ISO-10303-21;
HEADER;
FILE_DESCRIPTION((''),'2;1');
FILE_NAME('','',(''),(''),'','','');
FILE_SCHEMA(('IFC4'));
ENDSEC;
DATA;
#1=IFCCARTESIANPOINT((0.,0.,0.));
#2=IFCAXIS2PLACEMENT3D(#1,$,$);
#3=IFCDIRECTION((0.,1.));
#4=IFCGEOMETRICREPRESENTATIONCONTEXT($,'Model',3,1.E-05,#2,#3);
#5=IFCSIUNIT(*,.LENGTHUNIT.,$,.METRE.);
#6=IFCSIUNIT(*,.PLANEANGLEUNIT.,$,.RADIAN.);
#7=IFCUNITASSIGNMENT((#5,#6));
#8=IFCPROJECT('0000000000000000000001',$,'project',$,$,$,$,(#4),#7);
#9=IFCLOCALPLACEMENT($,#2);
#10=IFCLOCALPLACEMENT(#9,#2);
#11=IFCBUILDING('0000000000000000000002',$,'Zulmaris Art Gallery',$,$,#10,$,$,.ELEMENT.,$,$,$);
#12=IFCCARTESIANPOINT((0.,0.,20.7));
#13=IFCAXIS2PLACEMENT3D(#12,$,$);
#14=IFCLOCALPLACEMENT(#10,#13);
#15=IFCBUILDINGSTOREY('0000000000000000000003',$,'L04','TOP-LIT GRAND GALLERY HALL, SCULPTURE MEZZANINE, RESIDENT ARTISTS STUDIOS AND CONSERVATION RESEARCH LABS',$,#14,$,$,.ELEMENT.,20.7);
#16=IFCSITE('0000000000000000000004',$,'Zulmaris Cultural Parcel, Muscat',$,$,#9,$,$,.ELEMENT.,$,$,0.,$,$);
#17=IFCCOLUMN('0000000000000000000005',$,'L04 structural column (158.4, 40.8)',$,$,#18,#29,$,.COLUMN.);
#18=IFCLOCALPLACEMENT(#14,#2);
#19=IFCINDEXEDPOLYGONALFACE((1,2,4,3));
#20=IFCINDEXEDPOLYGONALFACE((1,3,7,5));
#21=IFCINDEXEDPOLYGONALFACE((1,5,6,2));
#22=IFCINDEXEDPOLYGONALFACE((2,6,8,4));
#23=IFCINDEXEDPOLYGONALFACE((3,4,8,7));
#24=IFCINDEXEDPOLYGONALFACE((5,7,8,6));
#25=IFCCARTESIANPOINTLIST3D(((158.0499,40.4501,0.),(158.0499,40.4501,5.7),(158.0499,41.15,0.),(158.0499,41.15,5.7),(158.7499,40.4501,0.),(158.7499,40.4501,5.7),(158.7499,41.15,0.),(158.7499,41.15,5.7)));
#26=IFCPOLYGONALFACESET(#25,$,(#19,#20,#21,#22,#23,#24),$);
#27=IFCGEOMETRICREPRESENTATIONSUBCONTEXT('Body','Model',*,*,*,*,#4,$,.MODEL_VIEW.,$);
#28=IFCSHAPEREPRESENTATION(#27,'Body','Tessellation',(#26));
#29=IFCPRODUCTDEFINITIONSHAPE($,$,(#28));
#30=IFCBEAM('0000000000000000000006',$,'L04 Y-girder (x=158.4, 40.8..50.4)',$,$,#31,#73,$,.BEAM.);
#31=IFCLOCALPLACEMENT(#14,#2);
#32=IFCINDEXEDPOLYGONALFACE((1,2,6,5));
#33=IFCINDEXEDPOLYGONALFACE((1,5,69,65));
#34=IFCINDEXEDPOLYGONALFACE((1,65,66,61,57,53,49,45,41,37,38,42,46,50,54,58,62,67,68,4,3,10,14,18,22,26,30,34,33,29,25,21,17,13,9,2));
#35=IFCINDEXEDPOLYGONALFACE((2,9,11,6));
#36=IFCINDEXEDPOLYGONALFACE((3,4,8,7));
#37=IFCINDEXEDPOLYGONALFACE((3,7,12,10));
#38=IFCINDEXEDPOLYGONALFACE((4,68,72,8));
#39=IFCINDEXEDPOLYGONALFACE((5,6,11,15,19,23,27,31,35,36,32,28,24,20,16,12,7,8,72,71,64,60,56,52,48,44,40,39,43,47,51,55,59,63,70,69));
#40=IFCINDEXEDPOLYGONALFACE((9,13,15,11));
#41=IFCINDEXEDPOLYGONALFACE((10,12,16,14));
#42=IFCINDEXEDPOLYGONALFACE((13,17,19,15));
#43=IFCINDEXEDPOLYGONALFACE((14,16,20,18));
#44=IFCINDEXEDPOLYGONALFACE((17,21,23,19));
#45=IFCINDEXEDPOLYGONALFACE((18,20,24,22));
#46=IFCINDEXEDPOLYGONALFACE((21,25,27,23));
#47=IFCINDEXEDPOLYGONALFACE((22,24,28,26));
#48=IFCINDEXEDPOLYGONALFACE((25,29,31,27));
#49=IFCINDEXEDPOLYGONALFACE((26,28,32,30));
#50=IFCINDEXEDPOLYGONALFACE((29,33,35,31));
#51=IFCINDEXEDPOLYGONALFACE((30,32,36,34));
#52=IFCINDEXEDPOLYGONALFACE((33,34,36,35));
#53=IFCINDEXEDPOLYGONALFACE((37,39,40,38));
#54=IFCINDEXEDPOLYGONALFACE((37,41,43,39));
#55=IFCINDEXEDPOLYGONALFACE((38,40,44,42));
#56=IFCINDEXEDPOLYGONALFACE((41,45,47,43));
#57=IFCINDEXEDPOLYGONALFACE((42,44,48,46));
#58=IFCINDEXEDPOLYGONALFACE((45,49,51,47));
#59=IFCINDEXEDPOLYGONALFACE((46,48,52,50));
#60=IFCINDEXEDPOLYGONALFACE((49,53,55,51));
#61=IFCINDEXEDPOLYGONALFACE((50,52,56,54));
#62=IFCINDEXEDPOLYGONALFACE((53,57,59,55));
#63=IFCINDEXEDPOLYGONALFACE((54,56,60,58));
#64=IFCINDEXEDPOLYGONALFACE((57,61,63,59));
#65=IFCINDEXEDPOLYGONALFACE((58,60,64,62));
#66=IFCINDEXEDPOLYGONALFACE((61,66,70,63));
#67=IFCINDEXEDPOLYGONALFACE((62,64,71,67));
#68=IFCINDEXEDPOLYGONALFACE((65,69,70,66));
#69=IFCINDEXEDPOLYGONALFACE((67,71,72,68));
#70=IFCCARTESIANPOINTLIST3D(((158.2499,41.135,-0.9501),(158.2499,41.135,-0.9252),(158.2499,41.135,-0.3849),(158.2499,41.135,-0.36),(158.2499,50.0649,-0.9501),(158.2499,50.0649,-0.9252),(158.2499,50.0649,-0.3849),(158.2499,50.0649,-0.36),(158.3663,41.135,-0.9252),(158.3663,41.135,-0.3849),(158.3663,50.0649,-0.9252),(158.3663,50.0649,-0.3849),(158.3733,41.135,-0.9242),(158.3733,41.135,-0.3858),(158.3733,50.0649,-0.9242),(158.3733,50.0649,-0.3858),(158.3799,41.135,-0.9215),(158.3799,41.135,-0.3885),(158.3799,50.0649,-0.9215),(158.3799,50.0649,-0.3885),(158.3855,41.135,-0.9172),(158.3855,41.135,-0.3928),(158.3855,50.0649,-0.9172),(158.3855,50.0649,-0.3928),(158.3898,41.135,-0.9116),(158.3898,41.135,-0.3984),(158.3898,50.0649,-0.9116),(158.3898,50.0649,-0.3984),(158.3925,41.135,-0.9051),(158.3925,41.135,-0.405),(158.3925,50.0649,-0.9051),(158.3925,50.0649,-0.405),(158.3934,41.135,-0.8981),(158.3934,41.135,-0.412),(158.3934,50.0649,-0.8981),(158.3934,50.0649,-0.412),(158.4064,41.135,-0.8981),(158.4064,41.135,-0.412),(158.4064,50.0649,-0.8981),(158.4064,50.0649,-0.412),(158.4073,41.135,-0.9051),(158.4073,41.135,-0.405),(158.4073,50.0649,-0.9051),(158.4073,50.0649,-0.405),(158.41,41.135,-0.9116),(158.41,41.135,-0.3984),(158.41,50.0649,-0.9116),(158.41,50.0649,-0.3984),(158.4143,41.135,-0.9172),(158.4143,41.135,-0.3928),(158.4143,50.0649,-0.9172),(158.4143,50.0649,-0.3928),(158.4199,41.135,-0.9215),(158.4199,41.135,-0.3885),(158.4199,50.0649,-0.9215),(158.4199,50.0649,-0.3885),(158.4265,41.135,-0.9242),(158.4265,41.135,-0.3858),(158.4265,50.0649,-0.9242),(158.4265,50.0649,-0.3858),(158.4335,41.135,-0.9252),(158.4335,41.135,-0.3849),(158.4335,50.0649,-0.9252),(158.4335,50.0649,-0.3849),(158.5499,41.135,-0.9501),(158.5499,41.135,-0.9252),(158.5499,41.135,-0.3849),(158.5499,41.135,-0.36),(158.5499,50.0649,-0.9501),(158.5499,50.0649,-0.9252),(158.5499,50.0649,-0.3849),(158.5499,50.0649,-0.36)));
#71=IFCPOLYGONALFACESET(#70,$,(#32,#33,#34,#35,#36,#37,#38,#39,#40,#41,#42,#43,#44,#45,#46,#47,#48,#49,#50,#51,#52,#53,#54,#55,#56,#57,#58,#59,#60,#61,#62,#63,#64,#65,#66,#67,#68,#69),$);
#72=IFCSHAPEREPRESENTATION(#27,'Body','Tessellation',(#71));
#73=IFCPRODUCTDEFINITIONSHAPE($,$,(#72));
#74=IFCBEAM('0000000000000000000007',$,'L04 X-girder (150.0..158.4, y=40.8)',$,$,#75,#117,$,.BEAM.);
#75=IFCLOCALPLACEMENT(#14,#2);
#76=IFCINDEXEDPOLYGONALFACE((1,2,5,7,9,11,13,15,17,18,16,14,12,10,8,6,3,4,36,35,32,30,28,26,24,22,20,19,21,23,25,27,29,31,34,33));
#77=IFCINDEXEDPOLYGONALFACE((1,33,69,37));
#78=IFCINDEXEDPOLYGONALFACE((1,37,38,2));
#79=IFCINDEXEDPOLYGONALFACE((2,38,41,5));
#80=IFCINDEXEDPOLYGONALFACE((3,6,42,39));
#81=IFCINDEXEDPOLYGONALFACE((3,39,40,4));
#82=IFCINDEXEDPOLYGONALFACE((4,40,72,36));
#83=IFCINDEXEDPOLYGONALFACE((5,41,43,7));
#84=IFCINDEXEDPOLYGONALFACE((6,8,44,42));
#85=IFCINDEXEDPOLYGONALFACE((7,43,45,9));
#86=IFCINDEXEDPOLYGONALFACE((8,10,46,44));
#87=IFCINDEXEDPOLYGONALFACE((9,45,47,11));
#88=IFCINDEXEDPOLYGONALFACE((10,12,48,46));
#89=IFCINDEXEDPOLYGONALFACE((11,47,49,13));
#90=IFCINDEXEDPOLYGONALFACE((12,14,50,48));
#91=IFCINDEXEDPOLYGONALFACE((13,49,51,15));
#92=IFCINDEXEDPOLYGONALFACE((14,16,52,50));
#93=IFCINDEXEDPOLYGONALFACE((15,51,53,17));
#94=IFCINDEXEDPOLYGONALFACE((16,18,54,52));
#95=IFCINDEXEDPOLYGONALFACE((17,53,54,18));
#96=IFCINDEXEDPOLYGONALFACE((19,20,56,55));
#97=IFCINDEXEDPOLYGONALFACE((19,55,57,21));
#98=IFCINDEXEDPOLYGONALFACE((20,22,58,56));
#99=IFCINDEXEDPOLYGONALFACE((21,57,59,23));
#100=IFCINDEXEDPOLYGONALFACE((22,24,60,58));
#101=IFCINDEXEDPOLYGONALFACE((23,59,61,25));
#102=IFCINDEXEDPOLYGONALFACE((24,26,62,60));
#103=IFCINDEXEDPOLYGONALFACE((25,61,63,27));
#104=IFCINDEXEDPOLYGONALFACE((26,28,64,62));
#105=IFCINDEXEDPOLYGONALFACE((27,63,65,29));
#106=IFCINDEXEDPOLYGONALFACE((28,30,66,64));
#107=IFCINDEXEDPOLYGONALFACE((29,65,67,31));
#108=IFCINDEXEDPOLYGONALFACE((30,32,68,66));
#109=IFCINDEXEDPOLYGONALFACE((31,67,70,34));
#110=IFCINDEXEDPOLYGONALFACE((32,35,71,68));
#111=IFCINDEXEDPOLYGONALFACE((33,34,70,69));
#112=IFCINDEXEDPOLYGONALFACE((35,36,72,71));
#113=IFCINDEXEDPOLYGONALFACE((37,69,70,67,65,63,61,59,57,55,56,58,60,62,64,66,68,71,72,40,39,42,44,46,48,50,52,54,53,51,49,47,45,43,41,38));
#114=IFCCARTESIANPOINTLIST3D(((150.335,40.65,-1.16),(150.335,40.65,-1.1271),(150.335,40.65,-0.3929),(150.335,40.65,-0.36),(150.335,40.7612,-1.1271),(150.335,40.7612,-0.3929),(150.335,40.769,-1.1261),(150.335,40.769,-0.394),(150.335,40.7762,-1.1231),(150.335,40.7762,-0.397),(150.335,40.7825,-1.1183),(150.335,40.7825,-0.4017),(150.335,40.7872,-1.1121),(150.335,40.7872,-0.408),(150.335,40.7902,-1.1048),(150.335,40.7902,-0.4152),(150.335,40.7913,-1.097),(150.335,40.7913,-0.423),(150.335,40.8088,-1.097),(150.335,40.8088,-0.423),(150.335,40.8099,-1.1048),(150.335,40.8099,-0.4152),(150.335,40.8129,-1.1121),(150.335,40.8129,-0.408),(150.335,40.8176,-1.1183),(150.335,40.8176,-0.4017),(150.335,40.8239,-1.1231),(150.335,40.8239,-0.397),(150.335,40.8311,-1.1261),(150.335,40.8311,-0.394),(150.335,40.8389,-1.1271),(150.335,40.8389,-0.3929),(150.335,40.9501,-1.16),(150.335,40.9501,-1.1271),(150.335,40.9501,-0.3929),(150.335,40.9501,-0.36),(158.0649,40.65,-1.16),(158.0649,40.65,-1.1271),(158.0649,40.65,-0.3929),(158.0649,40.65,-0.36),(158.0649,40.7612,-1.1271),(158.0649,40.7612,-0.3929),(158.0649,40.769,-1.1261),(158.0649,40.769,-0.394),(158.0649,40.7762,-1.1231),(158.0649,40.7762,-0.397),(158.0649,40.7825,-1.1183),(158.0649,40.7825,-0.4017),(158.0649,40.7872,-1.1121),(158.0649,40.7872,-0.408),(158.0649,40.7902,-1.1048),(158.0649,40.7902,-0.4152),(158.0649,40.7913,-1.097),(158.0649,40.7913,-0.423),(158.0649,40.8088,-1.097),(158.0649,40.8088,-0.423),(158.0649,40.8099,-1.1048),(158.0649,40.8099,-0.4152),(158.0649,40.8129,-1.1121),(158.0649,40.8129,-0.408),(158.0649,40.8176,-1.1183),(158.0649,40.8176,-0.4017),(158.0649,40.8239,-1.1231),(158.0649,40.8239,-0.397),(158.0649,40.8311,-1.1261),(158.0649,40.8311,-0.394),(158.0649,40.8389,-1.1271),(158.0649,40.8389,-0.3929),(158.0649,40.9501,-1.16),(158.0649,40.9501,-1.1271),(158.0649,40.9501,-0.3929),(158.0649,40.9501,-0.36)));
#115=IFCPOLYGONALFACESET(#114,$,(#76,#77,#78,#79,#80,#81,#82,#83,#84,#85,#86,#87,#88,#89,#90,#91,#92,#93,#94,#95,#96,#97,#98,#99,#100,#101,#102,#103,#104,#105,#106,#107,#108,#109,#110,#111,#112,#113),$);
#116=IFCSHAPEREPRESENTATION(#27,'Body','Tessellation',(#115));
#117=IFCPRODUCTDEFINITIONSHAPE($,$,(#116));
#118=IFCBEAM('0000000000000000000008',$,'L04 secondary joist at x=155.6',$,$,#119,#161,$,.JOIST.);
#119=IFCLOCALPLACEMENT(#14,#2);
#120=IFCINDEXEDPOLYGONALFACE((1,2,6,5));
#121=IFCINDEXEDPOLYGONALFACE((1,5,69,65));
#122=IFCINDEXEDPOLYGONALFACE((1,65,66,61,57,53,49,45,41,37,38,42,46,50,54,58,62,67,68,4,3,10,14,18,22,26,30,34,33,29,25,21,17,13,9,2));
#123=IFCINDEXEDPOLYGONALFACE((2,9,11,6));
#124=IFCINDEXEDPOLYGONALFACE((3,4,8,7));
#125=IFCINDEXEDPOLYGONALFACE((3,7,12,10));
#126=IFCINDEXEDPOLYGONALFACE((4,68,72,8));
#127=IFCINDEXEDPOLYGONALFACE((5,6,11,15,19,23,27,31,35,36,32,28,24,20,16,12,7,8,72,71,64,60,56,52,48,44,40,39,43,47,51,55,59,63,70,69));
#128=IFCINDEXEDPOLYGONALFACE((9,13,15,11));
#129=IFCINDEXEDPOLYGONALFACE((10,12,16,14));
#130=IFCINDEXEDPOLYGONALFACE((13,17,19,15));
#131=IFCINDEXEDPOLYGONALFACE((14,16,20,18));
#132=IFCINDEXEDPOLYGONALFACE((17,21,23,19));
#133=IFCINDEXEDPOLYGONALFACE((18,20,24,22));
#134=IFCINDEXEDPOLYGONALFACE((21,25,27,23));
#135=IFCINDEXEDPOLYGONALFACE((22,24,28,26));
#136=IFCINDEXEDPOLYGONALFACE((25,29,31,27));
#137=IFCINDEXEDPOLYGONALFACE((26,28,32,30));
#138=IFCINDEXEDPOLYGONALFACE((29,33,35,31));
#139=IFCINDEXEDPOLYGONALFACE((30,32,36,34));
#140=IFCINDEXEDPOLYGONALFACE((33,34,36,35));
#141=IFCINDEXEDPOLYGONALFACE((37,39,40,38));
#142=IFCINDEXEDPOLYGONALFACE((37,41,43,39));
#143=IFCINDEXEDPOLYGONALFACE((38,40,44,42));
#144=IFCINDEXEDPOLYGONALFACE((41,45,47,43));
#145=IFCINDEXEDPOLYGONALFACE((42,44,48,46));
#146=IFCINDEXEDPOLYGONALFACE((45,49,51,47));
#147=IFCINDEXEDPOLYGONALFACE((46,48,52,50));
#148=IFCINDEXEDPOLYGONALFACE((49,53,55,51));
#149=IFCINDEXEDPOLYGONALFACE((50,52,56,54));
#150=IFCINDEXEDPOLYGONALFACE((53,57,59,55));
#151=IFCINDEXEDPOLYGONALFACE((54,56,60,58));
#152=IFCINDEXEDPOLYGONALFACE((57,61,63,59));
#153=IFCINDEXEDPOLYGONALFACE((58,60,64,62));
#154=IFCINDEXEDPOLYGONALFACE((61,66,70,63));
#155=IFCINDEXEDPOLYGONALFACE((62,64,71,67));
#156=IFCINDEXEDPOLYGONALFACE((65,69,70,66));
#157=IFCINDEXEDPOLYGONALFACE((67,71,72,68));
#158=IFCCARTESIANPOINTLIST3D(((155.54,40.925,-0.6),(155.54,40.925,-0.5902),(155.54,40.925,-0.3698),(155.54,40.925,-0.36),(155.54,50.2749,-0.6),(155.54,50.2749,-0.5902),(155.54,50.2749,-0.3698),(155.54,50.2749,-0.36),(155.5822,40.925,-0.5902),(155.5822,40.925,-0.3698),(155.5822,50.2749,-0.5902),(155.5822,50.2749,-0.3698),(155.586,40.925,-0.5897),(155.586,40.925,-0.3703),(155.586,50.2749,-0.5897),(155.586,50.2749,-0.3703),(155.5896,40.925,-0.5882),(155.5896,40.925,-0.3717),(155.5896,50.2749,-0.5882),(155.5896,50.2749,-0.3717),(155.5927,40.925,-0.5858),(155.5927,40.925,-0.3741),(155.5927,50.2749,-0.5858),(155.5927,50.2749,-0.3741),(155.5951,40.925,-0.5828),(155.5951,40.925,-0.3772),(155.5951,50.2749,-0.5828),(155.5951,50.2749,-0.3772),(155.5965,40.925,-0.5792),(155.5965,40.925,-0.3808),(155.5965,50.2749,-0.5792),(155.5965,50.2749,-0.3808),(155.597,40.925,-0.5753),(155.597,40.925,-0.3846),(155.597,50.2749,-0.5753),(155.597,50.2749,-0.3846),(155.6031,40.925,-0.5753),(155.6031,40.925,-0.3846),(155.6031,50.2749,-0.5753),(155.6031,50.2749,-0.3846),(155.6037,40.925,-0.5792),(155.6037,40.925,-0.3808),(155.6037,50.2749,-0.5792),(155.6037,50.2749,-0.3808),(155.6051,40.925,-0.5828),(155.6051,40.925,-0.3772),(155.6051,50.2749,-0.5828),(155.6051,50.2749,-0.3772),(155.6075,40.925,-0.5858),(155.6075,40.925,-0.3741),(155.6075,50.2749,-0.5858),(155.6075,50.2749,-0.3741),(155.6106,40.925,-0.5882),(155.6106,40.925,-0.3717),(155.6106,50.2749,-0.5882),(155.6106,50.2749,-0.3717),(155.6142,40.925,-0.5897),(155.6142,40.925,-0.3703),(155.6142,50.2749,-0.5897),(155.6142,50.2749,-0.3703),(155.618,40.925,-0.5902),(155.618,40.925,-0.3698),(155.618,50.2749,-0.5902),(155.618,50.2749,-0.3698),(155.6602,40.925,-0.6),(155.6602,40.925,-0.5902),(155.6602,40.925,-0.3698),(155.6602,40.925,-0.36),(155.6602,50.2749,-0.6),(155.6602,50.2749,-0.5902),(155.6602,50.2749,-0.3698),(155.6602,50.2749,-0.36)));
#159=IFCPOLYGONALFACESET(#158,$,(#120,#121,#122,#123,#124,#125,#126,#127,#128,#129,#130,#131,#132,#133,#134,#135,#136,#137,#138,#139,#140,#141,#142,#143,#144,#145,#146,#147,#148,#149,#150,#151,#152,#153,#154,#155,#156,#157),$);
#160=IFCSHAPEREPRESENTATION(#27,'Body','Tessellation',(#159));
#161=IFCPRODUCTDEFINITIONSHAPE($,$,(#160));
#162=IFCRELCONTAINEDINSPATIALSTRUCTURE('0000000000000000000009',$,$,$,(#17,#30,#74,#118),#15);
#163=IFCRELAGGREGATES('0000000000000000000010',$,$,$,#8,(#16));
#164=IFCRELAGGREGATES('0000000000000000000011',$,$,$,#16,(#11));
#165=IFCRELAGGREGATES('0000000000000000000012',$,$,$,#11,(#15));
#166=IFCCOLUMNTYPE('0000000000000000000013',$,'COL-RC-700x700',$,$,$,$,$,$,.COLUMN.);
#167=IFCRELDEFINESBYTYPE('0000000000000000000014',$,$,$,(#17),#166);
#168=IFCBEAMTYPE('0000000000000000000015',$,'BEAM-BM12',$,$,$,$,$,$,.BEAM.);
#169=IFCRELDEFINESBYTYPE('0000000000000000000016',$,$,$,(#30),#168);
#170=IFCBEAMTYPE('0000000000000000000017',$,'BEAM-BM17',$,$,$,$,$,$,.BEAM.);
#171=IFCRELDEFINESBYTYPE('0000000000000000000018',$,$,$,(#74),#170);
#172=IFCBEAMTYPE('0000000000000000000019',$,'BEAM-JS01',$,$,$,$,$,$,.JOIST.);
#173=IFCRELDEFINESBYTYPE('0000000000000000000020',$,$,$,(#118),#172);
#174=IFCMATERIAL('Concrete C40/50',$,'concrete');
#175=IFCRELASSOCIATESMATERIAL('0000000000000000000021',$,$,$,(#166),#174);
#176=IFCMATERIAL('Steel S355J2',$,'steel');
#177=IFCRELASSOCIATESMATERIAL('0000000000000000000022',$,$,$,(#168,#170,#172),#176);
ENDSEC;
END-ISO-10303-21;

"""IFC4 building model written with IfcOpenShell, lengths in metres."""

from ifc_helpers import new_model, si_unit, direction, frame, origin, origin_2d, place, context, subcontext, project, spatial, rectangle, i_section, extrude, material, material_profile, profile_set, type_object, element, save


model = new_model("IFC4")

# Units and contexts
model_context = context("Model", 3, precision=1e-05, world=origin(), true_north=direction((0.0, 1.0)))
body_context = subcontext(model_context, "Body", "Model", "MODEL_VIEW")
ifc_project = project(units=[si_unit("LENGTHUNIT", "METRE"), si_unit("PLANEANGLEUNIT", "RADIAN")], contexts=[model_context])

# Site, building, storey
site_placement = place(None, origin())
site = spatial("IfcSite", under=ifc_project, at=site_placement, Name="Zulmaris Cultural Parcel, Muscat", CompositionType="ELEMENT", RefElevation=0.0)
building_placement = place(site_placement, origin())
building = spatial("IfcBuilding", under=site, at=building_placement, Name="Zulmaris Art Gallery", CompositionType="ELEMENT")
storey_placement = place(building_placement, frame((0.0, 0.0, 20.7)))
storey = spatial("IfcBuildingStorey", under=building, at=storey_placement, Name="L04", Description="TOP-LIT GRAND GALLERY HALL, SCULPTURE MEZZANINE, RESIDENT ARTISTS STUDIOS AND CONSERVATION RESEARCH LABS", CompositionType="ELEMENT", Elevation=20.7)

# Column
ifc_material_1 = material(Name="Concrete C40/50", Category="concrete")
ifc_material_profile_1 = material_profile(ifc_material_1, rectangle(XDim=0.7, YDim=0.7, at=origin_2d()), Name="RC 700x700")
ifc_profile_set_1 = profile_set([ifc_material_profile_1], Name="Concrete C40/50")
column_type = type_object("IfcColumnType", Name="COL-RC-700x700", PredefinedType="COLUMN", material=ifc_profile_set_1)
column_placement = place(storey_placement, frame((158.3999, 40.8, 0.0), z_axis=(0.0, 0.0, 1.0), x_axis=(1.0, 0.0, 0.0)))
element("IfcColumn", 1, at=column_placement, inside=storey, type_object=column_type, Name="L04 structural column (158.4, 40.8)", PredefinedType="COLUMN", context=body_context, shape_type="SweptSolid", body=[
    extrude(rectangle(XDim=0.7, YDim=0.7, at=origin_2d()), origin(), (0.0, 0.0, 1.0), 5.7),
])

# Beams
ifc_material_2 = material(Name="Steel S355J2", Category="steel")
ifc_material_profile_2 = material_profile(ifc_material_2, i_section(OverallWidth=0.3, OverallDepth=0.5901, WebThickness=0.0129, FlangeThickness=0.0249, FilletRadius=0.0271, at=origin_2d()), Name="HEA 600")
ifc_profile_set_2 = profile_set([ifc_material_profile_2], Name="Steel S355J2")
beam_type_1 = type_object("IfcBeamType", Name="BEAM-BM12", PredefinedType="BEAM", material=ifc_profile_set_2)
beam_1_placement = place(storey_placement, frame((158.3999, 41.135, -0.655), z_axis=(0.0, 1.0, 0.0), x_axis=(-1.0, 0.0, 0.0)))
element("IfcBeam", 2, at=beam_1_placement, inside=storey, type_object=beam_type_1, Name="L04 Y-girder (x=158.4, 40.8..50.4)", PredefinedType="BEAM", context=body_context, shape_type="SweptSolid", body=[
    extrude(i_section(OverallWidth=0.3, OverallDepth=0.5901, WebThickness=0.0129, FlangeThickness=0.0249, FilletRadius=0.0271, at=origin_2d()), origin(), (0.0, 0.0, 1.0), 8.9299),
])
ifc_material_profile_3 = material_profile(ifc_material_2, i_section(OverallWidth=0.3, OverallDepth=0.8, WebThickness=0.0176, FlangeThickness=0.033, FilletRadius=0.03, at=origin_2d()), Name="HEB 800")
ifc_profile_set_3 = profile_set([ifc_material_profile_3], Name="Steel S355J2")
beam_type_2 = type_object("IfcBeamType", Name="BEAM-BM17", PredefinedType="BEAM", material=ifc_profile_set_3)
beam_2_placement = place(storey_placement, frame((150.335, 40.8, -0.76), z_axis=(1.0, 0.0, 0.0), x_axis=(0.0, 1.0, 0.0)))
element("IfcBeam", 3, at=beam_2_placement, inside=storey, type_object=beam_type_2, Name="L04 X-girder (150.0..158.4, y=40.8)", PredefinedType="BEAM", context=body_context, shape_type="SweptSolid", body=[
    extrude(i_section(OverallWidth=0.3, OverallDepth=0.8, WebThickness=0.0176, FlangeThickness=0.033, FilletRadius=0.03, at=origin_2d()), origin(), (0.0, 0.0, 1.0), 7.73),
])
ifc_material_profile_4 = material_profile(ifc_material_2, i_section(OverallWidth=0.1201, OverallDepth=0.24, WebThickness=0.0061, FlangeThickness=0.0098, FilletRadius=0.0149, at=origin_2d()), Name="IPE 240")
ifc_profile_set_4 = profile_set([ifc_material_profile_4], Name="Steel S355J2")
beam_type_3 = type_object("IfcBeamType", Name="BEAM-JS01", PredefinedType="JOIST", material=ifc_profile_set_4)
beam_3_placement = place(storey_placement, frame((155.6001, 40.925, -0.48), z_axis=(0.0, 1.0, 0.0), x_axis=(-1.0, 0.0, 0.0)))
element("IfcBeam", 4, at=beam_3_placement, inside=storey, type_object=beam_type_3, Name="L04 secondary joist at x=155.6", PredefinedType="JOIST", context=body_context, shape_type="SweptSolid", body=[
    extrude(i_section(OverallWidth=0.1201, OverallDepth=0.24, WebThickness=0.0061, FlangeThickness=0.0098, FilletRadius=0.0149, at=origin_2d()), origin(), (0.0, 0.0, 1.0), 9.3499),
])

save(model, "model.ifc")
